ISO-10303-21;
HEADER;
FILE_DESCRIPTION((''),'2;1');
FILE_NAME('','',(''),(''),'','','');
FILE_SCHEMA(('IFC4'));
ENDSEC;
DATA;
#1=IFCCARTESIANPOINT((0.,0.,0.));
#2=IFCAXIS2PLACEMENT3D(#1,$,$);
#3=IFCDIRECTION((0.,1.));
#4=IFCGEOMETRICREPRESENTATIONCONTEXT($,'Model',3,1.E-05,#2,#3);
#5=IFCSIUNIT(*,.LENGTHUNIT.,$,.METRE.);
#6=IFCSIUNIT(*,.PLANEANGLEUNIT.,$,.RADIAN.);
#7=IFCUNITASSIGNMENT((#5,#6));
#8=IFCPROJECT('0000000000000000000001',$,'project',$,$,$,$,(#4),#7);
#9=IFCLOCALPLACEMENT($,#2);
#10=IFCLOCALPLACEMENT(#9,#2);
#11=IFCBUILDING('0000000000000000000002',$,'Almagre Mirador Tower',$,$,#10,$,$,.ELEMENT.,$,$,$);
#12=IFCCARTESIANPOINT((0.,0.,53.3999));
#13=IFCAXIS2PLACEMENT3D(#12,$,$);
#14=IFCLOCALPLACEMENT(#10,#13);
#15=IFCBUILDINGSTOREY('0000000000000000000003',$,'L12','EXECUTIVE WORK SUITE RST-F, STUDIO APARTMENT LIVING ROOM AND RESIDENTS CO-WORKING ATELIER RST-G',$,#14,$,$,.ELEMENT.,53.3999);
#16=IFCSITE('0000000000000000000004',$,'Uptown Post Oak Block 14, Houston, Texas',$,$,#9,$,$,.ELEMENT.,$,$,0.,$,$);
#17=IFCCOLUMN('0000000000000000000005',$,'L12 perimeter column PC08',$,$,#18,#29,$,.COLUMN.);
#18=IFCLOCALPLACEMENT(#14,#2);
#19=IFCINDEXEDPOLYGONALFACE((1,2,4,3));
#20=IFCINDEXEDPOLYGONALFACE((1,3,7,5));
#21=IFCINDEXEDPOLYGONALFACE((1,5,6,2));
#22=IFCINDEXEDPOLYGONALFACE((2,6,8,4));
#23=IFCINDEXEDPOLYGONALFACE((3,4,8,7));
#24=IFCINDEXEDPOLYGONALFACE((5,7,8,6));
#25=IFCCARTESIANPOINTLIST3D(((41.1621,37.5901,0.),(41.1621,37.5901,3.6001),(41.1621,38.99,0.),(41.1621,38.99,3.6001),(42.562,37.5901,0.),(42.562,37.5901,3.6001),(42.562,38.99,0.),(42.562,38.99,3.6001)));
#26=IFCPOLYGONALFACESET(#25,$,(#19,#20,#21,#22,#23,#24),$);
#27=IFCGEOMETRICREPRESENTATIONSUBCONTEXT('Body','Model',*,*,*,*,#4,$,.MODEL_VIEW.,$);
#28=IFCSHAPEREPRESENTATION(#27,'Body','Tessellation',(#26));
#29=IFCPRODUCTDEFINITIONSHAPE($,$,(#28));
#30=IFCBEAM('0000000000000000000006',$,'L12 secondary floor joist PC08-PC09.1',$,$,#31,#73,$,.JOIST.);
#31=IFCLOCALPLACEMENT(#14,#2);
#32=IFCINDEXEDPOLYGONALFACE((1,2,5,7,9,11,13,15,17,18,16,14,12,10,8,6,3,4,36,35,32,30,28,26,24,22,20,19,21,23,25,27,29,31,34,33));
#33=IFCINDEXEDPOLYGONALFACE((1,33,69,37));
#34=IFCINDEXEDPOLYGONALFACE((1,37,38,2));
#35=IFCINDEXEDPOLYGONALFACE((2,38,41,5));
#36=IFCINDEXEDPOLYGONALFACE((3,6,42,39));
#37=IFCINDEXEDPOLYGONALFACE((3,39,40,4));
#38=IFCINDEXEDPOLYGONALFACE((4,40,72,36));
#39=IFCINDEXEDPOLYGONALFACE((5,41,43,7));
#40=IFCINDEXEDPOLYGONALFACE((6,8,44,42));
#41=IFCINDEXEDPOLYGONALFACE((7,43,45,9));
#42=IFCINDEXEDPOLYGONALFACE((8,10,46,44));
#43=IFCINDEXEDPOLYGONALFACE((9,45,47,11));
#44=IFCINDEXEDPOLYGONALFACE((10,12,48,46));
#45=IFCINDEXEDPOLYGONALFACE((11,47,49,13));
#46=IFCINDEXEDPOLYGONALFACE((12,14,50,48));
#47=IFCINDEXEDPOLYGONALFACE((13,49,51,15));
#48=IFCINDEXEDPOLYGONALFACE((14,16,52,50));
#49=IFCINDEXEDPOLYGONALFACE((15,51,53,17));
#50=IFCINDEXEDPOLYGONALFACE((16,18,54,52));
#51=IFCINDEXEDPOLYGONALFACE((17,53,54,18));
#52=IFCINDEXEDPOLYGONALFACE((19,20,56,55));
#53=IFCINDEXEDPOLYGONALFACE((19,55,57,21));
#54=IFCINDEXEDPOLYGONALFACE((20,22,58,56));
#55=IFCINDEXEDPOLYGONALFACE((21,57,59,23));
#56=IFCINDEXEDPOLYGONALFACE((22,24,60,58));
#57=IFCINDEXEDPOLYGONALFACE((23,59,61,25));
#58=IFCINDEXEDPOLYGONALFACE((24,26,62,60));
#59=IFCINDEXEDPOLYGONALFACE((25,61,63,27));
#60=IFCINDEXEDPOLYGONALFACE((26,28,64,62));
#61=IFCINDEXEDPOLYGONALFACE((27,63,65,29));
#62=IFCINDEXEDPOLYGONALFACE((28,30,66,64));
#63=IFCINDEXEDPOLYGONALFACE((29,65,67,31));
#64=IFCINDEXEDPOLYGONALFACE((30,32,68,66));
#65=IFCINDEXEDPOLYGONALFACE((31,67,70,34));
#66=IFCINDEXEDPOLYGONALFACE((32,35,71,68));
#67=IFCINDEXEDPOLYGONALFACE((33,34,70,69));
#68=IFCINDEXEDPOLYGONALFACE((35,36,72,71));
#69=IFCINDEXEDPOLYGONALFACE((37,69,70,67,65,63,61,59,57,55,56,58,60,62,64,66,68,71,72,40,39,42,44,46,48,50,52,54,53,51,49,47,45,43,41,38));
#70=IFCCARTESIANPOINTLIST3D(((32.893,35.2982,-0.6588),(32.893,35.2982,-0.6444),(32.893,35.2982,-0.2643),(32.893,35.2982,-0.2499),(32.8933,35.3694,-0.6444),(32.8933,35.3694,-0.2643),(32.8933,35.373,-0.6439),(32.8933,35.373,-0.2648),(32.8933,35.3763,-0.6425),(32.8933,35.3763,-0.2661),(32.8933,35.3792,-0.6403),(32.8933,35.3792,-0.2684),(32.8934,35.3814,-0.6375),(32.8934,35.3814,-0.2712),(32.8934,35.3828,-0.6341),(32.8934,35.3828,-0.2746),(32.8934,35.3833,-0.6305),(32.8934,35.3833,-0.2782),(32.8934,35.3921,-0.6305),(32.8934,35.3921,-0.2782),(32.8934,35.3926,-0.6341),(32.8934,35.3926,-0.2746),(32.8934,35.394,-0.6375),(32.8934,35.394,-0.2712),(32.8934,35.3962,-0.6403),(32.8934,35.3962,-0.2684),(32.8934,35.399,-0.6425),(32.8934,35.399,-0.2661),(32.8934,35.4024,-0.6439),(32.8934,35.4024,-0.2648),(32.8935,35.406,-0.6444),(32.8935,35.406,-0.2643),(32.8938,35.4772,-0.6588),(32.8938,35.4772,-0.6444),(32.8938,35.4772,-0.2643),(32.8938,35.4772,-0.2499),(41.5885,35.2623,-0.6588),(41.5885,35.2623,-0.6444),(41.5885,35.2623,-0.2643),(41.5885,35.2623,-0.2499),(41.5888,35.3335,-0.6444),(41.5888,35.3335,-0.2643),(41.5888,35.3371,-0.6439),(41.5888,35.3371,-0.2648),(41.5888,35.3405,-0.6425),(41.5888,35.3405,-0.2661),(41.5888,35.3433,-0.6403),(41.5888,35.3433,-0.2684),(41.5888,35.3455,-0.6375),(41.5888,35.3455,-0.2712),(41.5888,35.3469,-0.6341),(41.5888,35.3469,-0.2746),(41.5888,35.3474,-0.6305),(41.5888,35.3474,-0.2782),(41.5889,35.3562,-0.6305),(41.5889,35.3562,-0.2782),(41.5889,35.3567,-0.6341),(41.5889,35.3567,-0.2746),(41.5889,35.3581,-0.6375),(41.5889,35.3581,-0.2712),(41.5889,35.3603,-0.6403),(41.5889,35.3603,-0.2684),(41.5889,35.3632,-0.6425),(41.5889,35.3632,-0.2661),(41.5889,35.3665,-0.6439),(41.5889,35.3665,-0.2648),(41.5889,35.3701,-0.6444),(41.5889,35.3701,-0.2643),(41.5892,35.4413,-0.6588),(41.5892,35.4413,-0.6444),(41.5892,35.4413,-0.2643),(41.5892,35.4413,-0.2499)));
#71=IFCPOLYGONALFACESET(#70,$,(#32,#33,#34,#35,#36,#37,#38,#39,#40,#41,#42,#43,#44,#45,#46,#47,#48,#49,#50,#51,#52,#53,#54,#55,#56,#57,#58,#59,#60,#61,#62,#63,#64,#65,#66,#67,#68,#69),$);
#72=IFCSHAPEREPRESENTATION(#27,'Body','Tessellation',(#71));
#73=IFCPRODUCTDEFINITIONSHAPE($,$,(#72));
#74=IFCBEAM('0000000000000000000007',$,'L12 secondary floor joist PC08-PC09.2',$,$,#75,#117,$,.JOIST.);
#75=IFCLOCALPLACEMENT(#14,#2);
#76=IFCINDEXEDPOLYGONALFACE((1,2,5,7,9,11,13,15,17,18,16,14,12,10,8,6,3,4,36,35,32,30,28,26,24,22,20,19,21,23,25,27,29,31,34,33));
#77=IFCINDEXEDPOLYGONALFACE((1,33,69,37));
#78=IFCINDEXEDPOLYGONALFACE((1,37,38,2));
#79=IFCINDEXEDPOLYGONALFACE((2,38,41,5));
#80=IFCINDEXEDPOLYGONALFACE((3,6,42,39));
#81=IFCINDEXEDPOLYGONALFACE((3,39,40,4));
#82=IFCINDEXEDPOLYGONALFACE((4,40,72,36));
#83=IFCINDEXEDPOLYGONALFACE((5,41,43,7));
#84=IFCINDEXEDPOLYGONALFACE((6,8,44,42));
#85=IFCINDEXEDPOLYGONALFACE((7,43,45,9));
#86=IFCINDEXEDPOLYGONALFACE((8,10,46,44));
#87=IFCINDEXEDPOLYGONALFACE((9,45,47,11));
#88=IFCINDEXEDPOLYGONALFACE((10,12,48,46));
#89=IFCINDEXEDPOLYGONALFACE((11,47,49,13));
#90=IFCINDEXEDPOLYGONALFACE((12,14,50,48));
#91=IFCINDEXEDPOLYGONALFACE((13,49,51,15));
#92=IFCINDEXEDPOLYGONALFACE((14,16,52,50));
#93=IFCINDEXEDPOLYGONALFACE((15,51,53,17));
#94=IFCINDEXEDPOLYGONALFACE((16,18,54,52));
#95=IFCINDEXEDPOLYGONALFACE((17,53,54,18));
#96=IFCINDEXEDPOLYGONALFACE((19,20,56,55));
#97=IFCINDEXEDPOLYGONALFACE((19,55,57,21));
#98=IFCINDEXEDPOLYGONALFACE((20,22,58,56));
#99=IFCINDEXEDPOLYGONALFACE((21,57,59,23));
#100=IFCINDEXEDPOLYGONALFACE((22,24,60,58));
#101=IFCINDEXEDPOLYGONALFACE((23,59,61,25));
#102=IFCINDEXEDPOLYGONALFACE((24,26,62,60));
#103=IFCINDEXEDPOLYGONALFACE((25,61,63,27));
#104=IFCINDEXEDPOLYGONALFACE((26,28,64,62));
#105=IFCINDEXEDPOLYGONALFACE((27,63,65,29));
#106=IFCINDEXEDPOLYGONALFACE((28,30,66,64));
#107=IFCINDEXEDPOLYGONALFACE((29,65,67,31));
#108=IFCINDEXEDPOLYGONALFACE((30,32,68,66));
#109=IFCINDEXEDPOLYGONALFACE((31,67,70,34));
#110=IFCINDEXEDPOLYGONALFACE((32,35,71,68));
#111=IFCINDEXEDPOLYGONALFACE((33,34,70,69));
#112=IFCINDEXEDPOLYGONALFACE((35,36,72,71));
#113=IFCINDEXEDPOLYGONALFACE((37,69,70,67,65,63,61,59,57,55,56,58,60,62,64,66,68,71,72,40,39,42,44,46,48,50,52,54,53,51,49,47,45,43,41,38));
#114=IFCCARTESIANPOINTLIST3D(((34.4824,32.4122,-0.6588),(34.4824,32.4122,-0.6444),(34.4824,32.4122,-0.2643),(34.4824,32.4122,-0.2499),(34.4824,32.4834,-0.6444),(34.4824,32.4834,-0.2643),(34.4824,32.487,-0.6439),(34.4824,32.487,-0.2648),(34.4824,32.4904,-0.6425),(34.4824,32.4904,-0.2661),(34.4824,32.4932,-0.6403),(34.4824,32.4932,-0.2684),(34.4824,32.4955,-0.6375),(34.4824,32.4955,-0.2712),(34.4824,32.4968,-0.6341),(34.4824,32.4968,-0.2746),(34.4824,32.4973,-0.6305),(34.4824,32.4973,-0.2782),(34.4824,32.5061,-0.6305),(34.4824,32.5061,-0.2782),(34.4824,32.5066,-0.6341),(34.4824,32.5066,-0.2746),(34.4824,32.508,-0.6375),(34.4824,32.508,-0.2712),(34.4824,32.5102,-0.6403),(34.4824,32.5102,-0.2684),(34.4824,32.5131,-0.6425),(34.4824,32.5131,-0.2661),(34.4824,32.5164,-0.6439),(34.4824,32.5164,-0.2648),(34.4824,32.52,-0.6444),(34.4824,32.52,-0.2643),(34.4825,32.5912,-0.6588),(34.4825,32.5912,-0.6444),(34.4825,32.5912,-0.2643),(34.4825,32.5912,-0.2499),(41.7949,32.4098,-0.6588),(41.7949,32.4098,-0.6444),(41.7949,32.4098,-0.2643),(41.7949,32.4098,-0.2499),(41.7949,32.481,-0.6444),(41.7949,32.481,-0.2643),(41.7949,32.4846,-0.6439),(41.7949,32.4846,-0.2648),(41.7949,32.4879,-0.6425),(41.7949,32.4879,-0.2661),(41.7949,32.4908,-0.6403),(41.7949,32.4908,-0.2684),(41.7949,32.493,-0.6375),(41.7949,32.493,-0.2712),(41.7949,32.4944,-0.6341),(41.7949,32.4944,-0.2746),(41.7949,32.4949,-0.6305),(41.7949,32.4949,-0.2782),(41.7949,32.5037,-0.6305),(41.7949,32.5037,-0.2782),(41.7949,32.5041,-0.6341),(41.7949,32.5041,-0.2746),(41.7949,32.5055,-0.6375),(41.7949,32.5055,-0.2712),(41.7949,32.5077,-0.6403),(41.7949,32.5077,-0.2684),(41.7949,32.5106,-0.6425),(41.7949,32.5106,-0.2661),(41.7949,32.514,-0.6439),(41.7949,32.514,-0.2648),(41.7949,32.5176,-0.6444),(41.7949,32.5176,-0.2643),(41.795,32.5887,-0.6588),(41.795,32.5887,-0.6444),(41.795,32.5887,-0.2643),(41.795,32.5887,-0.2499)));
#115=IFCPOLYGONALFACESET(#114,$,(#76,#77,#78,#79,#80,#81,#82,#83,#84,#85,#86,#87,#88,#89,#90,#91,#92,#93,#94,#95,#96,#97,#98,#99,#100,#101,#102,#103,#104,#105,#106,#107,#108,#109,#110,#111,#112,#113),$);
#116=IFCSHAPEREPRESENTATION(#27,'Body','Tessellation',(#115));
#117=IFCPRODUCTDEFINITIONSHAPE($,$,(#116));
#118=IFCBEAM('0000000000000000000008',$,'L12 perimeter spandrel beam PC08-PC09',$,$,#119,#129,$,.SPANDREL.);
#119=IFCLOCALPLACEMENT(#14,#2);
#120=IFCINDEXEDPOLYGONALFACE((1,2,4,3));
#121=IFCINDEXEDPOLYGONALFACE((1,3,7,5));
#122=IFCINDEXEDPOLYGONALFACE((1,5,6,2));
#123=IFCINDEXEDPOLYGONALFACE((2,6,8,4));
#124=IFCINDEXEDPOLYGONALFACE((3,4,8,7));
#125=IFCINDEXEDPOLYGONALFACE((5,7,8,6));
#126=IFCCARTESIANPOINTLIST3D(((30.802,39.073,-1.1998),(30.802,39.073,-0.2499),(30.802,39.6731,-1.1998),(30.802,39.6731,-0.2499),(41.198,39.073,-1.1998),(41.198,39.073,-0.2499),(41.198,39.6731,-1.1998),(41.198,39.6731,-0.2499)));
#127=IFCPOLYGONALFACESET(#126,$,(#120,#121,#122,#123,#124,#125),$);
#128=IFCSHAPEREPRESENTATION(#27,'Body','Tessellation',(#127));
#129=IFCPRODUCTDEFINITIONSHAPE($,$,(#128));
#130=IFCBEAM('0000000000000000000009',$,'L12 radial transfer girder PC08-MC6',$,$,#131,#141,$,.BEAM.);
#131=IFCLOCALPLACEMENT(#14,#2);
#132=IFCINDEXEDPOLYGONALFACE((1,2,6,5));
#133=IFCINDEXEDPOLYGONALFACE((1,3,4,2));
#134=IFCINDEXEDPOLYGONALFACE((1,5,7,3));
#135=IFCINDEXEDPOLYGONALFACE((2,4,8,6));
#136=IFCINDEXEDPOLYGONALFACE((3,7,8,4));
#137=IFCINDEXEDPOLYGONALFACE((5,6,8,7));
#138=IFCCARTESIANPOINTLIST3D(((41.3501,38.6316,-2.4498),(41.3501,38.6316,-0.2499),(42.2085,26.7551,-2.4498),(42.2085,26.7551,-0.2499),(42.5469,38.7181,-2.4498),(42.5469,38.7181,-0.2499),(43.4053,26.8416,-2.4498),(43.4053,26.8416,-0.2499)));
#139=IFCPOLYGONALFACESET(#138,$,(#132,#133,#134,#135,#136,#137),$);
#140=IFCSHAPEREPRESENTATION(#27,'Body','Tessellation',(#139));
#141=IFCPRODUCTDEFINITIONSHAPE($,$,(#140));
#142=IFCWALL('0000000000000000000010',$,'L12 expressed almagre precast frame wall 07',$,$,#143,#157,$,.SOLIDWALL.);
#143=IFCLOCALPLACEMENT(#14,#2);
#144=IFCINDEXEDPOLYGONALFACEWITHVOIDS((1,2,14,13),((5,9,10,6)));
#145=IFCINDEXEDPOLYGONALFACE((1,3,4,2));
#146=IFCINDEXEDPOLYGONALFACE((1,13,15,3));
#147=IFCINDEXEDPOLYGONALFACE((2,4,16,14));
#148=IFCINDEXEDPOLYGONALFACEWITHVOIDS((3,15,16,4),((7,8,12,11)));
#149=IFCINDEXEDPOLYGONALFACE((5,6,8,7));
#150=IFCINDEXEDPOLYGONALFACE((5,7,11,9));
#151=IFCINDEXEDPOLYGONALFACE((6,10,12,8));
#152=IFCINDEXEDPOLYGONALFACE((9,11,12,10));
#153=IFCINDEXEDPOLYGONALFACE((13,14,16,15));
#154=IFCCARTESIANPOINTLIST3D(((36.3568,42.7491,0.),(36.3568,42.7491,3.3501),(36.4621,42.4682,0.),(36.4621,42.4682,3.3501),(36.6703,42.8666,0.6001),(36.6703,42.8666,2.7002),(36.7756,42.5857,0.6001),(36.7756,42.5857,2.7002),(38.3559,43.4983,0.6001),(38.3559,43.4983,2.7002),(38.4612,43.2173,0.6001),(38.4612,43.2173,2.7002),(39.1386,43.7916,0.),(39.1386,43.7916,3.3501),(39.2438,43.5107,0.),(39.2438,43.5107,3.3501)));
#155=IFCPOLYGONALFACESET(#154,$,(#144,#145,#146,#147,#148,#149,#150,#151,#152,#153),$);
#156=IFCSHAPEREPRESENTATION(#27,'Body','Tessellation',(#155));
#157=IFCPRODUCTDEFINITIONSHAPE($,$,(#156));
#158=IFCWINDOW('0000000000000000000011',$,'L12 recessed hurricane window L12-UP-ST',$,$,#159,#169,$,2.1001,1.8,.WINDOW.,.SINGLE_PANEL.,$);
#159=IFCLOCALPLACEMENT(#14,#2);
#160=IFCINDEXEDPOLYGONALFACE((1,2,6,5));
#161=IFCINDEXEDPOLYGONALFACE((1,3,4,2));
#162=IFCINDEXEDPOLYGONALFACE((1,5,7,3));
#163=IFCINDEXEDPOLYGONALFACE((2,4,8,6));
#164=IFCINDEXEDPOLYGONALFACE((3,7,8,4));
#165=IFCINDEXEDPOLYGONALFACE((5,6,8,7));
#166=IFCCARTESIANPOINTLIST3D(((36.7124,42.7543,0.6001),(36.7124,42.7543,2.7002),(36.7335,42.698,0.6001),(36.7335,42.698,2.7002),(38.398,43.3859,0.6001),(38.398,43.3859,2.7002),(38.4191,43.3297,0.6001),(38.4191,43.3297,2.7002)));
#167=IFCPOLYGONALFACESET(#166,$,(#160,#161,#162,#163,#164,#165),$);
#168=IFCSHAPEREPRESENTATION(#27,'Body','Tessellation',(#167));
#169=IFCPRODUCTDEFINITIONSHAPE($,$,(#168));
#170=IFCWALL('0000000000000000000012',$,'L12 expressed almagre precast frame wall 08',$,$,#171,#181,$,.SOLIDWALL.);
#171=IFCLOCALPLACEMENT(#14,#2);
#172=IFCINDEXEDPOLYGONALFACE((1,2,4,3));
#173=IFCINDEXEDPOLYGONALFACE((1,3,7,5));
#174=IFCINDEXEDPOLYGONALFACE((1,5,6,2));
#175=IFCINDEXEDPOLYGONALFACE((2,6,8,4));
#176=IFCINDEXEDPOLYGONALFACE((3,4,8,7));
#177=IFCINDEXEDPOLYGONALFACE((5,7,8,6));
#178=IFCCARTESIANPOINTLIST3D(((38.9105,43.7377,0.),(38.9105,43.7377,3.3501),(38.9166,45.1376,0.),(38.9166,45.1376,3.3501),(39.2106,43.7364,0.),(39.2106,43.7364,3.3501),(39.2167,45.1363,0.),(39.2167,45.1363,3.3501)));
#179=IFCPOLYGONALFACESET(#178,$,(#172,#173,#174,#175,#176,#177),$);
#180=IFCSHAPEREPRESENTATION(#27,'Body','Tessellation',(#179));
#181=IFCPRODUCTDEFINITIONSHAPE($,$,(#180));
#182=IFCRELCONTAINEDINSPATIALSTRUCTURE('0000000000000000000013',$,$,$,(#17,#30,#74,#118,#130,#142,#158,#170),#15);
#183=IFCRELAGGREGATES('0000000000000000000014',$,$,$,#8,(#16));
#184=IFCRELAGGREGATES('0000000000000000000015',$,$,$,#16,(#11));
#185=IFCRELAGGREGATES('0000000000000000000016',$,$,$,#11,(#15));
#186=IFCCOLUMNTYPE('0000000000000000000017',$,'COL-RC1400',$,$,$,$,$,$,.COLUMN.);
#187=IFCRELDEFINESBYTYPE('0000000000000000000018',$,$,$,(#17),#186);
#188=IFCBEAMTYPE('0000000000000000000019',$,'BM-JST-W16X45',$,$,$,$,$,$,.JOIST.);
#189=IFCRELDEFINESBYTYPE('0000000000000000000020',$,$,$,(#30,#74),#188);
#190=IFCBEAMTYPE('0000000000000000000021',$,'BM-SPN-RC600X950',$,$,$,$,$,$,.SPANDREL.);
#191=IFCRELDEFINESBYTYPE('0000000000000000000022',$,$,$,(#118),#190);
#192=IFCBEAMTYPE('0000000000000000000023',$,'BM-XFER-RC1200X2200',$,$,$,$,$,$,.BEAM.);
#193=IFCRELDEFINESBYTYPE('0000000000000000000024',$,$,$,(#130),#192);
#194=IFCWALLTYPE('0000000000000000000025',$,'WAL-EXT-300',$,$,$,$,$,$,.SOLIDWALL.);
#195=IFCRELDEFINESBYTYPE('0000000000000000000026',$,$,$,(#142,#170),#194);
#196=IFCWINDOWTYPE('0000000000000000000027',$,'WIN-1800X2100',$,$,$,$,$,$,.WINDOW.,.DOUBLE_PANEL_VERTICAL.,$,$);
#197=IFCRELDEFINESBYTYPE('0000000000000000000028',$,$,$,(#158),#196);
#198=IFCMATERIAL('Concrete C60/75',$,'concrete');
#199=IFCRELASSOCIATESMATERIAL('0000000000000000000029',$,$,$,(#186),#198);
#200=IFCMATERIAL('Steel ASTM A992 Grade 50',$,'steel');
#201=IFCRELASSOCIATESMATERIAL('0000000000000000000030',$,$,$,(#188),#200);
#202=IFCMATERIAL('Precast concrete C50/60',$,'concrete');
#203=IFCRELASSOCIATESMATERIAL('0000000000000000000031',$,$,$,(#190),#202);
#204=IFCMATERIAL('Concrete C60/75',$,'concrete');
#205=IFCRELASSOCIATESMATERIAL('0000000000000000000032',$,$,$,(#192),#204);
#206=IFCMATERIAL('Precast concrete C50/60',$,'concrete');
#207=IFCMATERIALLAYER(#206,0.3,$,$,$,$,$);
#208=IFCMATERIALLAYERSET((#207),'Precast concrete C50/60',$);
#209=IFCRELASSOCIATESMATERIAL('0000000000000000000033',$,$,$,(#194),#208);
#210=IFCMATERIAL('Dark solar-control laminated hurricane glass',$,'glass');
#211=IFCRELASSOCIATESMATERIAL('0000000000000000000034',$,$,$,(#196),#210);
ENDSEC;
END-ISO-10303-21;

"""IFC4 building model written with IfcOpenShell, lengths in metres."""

from ifc_helpers import new_model, si_unit, direction, frame, frame_2d, origin, origin_2d, place, context, subcontext, project, spatial, rectangle, i_section, extrude, material, layer, layer_set, material_profile, profile_set, type_object, element, fill, save


model = new_model("IFC4")

# Units and contexts
model_context = context("Model", 3, precision=1e-05, world=origin(), true_north=direction((0.0, 1.0)))
body_context = subcontext(model_context, "Body", "Model", "MODEL_VIEW")
ifc_project = project(units=[si_unit("LENGTHUNIT", "METRE"), si_unit("PLANEANGLEUNIT", "RADIAN")], contexts=[model_context])

# Site, building, storey
site_placement = place(None, origin())
site = spatial("IfcSite", under=ifc_project, at=site_placement, Name="Uptown Post Oak Block 14, Houston, Texas", CompositionType="ELEMENT", RefElevation=0.0)
building_placement = place(site_placement, origin())
building = spatial("IfcBuilding", under=site, at=building_placement, Name="Almagre Mirador Tower", CompositionType="ELEMENT")
storey_placement = place(building_placement, frame((0.0, 0.0, 53.3999)))
storey = spatial("IfcBuildingStorey", under=building, at=storey_placement, Name="L12", Description="EXECUTIVE WORK SUITE RST-F, STUDIO APARTMENT LIVING ROOM AND RESIDENTS CO-WORKING ATELIER RST-G", CompositionType="ELEMENT", Elevation=53.3999)

# Column
ifc_material_1 = material(Name="Concrete C60/75", Category="concrete")
ifc_material_profile_1 = material_profile(ifc_material_1, rectangle(XDim=1.3999, YDim=1.3999, at=origin_2d()), Name="RC1400X1400")
ifc_profile_set_1 = profile_set([ifc_material_profile_1], Name="Concrete C60/75")
column_type = type_object("IfcColumnType", Name="COL-RC1400", PredefinedType="COLUMN", material=ifc_profile_set_1)
column_placement = place(storey_placement, frame((41.8621, 38.29, 0.0), z_axis=(0.0, 0.0, 1.0), x_axis=(1.0, 0.0, 0.0)))
element("IfcColumn", 1, at=column_placement, inside=storey, type_object=column_type, Name="L12 perimeter column PC08", PredefinedType="COLUMN", context=body_context, shape_type="SweptSolid", body=[
    extrude(rectangle(XDim=1.3999, YDim=1.3999, at=origin_2d()), origin(), (0.0, 0.0, 1.0), 3.6001),
])

# Beams
ifc_material_2 = material(Name="Steel ASTM A992 Grade 50", Category="steel")
ifc_material_profile_2 = material_profile(ifc_material_2, i_section(OverallWidth=0.179, OverallDepth=0.4089, WebThickness=0.0088, FlangeThickness=0.0144, FilletRadius=0.0139, at=origin_2d()), Name="W16X45")
ifc_profile_set_2 = profile_set([ifc_material_profile_2], Name="Steel ASTM A992 Grade 50")
beam_type_1 = type_object("IfcBeamType", Name="BM-JST-W16X45", PredefinedType="JOIST", material=ifc_profile_set_2)
beam_1_placement = place(storey_placement, frame((41.5889, 35.3518, -0.4543), z_axis=(-0.999991, 0.004127, 0.0), x_axis=(-0.004127, -0.999991, 0.0)))
element("IfcBeam", 2, at=beam_1_placement, inside=storey, type_object=beam_type_1, Name="L12 secondary floor joist PC08-PC09.1", PredefinedType="JOIST", context=body_context, shape_type="SweptSolid", body=[
    extrude(i_section(OverallWidth=0.179, OverallDepth=0.4089, WebThickness=0.0088, FlangeThickness=0.0144, FilletRadius=0.0139, at=origin_2d()), origin(), (0.0, 0.0, 1.0), 8.6956),
])
beam_2_placement = place(storey_placement, frame((41.7949, 32.4993, -0.4543), z_axis=(-1.0, 0.000334, 0.0), x_axis=(-0.000334, -1.0, 0.0)))
element("IfcBeam", 3, at=beam_2_placement, inside=storey, type_object=beam_type_1, Name="L12 secondary floor joist PC08-PC09.2", PredefinedType="JOIST", context=body_context, shape_type="SweptSolid", body=[
    extrude(i_section(OverallWidth=0.179, OverallDepth=0.4089, WebThickness=0.0088, FlangeThickness=0.0144, FilletRadius=0.0139, at=origin_2d()), origin(), (0.0, 0.0, 1.0), 7.3125),
])
ifc_material_3 = material(Name="Precast concrete C50/60", Category="concrete")
ifc_material_profile_3 = material_profile(ifc_material_3, rectangle(XDim=0.6001, YDim=0.95, at=origin_2d()), Name="RC600X950")
ifc_profile_set_3 = profile_set([ifc_material_profile_3], Name="Precast concrete C50/60")
beam_type_2 = type_object("IfcBeamType", Name="BM-SPN-RC600X950", PredefinedType="SPANDREL", material=ifc_profile_set_3)
beam_3_placement = place(storey_placement, frame((41.198, 39.373, -0.7249), z_axis=(-1.0, 0.0, 0.0), x_axis=(0.0, -1.0, 0.0)))
element("IfcBeam", 4, at=beam_3_placement, inside=storey, type_object=beam_type_2, Name="L12 perimeter spandrel beam PC08-PC09", PredefinedType="SPANDREL", context=body_context, shape_type="SweptSolid", body=[
    extrude(rectangle(XDim=0.6001, YDim=0.95, at=origin_2d()), origin(), (0.0, 0.0, 1.0), 10.396),
])
ifc_material_4 = material(Name="Concrete C60/75", Category="concrete")
ifc_material_profile_4 = material_profile(ifc_material_4, rectangle(XDim=1.2, YDim=2.2, at=origin_2d()), Name="RC1200X2200")
ifc_profile_set_4 = profile_set([ifc_material_profile_4], Name="Concrete C60/75")
beam_type_3 = type_object("IfcBeamType", Name="BM-XFER-RC1200X2200", PredefinedType="BEAM", material=ifc_profile_set_4)
beam_4_placement = place(storey_placement, frame((41.9485, 38.6748, -1.3499), z_axis=(0.072089, -0.997398, 0.0), x_axis=(0.997398, 0.072089, 0.0)))
element("IfcBeam", 5, at=beam_4_placement, inside=storey, type_object=beam_type_3, Name="L12 radial transfer girder PC08-MC6", PredefinedType="BEAM", context=body_context, shape_type="SweptSolid", body=[
    extrude(rectangle(XDim=1.2, YDim=2.2, at=origin_2d()), origin(), (0.0, 0.0, 1.0), 11.9075),
])

# Wall, opening, window
ifc_material_5 = material(Name="Precast concrete C50/60", Category="concrete")
ifc_layer_1 = layer(ifc_material_5, 0.3)
ifc_layer_set_1 = layer_set([ifc_layer_1], Name="Precast concrete C50/60")
wall_type_1 = type_object("IfcWallType", Name="WAL-EXT-300", PredefinedType="SOLIDWALL", material=ifc_layer_set_1)
wall_1_placement = place(storey_placement, frame((36.4094, 42.6086, 0.0), z_axis=(0.0, 0.0, 1.0), x_axis=(0.936403, 0.350925, 0.0)))
wall_1 = element("IfcWall", 6, at=wall_1_placement, inside=storey, type_object=wall_type_1, Name="L12 expressed almagre precast frame wall 07", PredefinedType="SOLIDWALL", context=body_context, shape_type="SweptSolid", body=[
    extrude(rectangle(XDim=2.9707, YDim=0.3, at=frame_2d((1.4854, 0.0))), origin(), (0.0, 0.0, 1.0), 3.3501),
])
opening_1_placement = place(wall_1_placement, frame((0.335, 0.0, 0.6001)))
opening_1 = element("IfcOpeningElement", 7, at=opening_1_placement, cuts=wall_1, PredefinedType="OPENING", context=body_context, shape_type="SweptSolid", body=[
    extrude(rectangle(XDim=1.8, YDim=2.1001, at=frame_2d((0.8999, 1.05))), frame((0.0, 0.1599, 0.0), z_axis=(0.0, -1.0, 0.0), x_axis=(1.0, 0.0, 0.0)), (0.0, 0.0, 1.0), 0.32),
])
ifc_material_6 = material(Name="Dark solar-control laminated hurricane glass", Category="glass")
window_type_1 = type_object("IfcWindowType", Name="WIN-1800X2100", PartitioningType="DOUBLE_PANEL_VERTICAL", PredefinedType="WINDOW", material=ifc_material_6)
window_1_placement = place(opening_1_placement, origin())
window_1 = element("IfcWindow", 8, at=window_1_placement, inside=storey, type_object=window_type_1, Name="L12 recessed hurricane window L12-UP-ST", OverallHeight=2.1001, OverallWidth=1.8, PartitioningType="SINGLE_PANEL", PredefinedType="WINDOW", context=body_context, shape_type="SweptSolid", body=[
    extrude(rectangle(XDim=1.8, YDim=2.1001, at=frame_2d((0.8999, 1.05))), frame((0.0, 0.03, 0.0), z_axis=(0.0, -1.0, 0.0), x_axis=(1.0, 0.0, 0.0)), (0.0, 0.0, 1.0), 0.0601),
])
fill(opening_1, window_1)

# Wall
wall_2_placement = place(storey_placement, frame((39.0605, 43.7371, 0.0), z_axis=(0.0, 0.0, 1.0), x_axis=(0.00436, 0.99999, 0.0)))
element("IfcWall", 9, at=wall_2_placement, inside=storey, type_object=wall_type_1, Name="L12 expressed almagre precast frame wall 08", PredefinedType="SOLIDWALL", context=body_context, shape_type="SweptSolid", body=[
    extrude(rectangle(XDim=1.3999, YDim=0.3, at=frame_2d((0.7, 0.0))), origin(), (0.0, 0.0, 1.0), 3.3501),
])

save(model, "model.ifc")
